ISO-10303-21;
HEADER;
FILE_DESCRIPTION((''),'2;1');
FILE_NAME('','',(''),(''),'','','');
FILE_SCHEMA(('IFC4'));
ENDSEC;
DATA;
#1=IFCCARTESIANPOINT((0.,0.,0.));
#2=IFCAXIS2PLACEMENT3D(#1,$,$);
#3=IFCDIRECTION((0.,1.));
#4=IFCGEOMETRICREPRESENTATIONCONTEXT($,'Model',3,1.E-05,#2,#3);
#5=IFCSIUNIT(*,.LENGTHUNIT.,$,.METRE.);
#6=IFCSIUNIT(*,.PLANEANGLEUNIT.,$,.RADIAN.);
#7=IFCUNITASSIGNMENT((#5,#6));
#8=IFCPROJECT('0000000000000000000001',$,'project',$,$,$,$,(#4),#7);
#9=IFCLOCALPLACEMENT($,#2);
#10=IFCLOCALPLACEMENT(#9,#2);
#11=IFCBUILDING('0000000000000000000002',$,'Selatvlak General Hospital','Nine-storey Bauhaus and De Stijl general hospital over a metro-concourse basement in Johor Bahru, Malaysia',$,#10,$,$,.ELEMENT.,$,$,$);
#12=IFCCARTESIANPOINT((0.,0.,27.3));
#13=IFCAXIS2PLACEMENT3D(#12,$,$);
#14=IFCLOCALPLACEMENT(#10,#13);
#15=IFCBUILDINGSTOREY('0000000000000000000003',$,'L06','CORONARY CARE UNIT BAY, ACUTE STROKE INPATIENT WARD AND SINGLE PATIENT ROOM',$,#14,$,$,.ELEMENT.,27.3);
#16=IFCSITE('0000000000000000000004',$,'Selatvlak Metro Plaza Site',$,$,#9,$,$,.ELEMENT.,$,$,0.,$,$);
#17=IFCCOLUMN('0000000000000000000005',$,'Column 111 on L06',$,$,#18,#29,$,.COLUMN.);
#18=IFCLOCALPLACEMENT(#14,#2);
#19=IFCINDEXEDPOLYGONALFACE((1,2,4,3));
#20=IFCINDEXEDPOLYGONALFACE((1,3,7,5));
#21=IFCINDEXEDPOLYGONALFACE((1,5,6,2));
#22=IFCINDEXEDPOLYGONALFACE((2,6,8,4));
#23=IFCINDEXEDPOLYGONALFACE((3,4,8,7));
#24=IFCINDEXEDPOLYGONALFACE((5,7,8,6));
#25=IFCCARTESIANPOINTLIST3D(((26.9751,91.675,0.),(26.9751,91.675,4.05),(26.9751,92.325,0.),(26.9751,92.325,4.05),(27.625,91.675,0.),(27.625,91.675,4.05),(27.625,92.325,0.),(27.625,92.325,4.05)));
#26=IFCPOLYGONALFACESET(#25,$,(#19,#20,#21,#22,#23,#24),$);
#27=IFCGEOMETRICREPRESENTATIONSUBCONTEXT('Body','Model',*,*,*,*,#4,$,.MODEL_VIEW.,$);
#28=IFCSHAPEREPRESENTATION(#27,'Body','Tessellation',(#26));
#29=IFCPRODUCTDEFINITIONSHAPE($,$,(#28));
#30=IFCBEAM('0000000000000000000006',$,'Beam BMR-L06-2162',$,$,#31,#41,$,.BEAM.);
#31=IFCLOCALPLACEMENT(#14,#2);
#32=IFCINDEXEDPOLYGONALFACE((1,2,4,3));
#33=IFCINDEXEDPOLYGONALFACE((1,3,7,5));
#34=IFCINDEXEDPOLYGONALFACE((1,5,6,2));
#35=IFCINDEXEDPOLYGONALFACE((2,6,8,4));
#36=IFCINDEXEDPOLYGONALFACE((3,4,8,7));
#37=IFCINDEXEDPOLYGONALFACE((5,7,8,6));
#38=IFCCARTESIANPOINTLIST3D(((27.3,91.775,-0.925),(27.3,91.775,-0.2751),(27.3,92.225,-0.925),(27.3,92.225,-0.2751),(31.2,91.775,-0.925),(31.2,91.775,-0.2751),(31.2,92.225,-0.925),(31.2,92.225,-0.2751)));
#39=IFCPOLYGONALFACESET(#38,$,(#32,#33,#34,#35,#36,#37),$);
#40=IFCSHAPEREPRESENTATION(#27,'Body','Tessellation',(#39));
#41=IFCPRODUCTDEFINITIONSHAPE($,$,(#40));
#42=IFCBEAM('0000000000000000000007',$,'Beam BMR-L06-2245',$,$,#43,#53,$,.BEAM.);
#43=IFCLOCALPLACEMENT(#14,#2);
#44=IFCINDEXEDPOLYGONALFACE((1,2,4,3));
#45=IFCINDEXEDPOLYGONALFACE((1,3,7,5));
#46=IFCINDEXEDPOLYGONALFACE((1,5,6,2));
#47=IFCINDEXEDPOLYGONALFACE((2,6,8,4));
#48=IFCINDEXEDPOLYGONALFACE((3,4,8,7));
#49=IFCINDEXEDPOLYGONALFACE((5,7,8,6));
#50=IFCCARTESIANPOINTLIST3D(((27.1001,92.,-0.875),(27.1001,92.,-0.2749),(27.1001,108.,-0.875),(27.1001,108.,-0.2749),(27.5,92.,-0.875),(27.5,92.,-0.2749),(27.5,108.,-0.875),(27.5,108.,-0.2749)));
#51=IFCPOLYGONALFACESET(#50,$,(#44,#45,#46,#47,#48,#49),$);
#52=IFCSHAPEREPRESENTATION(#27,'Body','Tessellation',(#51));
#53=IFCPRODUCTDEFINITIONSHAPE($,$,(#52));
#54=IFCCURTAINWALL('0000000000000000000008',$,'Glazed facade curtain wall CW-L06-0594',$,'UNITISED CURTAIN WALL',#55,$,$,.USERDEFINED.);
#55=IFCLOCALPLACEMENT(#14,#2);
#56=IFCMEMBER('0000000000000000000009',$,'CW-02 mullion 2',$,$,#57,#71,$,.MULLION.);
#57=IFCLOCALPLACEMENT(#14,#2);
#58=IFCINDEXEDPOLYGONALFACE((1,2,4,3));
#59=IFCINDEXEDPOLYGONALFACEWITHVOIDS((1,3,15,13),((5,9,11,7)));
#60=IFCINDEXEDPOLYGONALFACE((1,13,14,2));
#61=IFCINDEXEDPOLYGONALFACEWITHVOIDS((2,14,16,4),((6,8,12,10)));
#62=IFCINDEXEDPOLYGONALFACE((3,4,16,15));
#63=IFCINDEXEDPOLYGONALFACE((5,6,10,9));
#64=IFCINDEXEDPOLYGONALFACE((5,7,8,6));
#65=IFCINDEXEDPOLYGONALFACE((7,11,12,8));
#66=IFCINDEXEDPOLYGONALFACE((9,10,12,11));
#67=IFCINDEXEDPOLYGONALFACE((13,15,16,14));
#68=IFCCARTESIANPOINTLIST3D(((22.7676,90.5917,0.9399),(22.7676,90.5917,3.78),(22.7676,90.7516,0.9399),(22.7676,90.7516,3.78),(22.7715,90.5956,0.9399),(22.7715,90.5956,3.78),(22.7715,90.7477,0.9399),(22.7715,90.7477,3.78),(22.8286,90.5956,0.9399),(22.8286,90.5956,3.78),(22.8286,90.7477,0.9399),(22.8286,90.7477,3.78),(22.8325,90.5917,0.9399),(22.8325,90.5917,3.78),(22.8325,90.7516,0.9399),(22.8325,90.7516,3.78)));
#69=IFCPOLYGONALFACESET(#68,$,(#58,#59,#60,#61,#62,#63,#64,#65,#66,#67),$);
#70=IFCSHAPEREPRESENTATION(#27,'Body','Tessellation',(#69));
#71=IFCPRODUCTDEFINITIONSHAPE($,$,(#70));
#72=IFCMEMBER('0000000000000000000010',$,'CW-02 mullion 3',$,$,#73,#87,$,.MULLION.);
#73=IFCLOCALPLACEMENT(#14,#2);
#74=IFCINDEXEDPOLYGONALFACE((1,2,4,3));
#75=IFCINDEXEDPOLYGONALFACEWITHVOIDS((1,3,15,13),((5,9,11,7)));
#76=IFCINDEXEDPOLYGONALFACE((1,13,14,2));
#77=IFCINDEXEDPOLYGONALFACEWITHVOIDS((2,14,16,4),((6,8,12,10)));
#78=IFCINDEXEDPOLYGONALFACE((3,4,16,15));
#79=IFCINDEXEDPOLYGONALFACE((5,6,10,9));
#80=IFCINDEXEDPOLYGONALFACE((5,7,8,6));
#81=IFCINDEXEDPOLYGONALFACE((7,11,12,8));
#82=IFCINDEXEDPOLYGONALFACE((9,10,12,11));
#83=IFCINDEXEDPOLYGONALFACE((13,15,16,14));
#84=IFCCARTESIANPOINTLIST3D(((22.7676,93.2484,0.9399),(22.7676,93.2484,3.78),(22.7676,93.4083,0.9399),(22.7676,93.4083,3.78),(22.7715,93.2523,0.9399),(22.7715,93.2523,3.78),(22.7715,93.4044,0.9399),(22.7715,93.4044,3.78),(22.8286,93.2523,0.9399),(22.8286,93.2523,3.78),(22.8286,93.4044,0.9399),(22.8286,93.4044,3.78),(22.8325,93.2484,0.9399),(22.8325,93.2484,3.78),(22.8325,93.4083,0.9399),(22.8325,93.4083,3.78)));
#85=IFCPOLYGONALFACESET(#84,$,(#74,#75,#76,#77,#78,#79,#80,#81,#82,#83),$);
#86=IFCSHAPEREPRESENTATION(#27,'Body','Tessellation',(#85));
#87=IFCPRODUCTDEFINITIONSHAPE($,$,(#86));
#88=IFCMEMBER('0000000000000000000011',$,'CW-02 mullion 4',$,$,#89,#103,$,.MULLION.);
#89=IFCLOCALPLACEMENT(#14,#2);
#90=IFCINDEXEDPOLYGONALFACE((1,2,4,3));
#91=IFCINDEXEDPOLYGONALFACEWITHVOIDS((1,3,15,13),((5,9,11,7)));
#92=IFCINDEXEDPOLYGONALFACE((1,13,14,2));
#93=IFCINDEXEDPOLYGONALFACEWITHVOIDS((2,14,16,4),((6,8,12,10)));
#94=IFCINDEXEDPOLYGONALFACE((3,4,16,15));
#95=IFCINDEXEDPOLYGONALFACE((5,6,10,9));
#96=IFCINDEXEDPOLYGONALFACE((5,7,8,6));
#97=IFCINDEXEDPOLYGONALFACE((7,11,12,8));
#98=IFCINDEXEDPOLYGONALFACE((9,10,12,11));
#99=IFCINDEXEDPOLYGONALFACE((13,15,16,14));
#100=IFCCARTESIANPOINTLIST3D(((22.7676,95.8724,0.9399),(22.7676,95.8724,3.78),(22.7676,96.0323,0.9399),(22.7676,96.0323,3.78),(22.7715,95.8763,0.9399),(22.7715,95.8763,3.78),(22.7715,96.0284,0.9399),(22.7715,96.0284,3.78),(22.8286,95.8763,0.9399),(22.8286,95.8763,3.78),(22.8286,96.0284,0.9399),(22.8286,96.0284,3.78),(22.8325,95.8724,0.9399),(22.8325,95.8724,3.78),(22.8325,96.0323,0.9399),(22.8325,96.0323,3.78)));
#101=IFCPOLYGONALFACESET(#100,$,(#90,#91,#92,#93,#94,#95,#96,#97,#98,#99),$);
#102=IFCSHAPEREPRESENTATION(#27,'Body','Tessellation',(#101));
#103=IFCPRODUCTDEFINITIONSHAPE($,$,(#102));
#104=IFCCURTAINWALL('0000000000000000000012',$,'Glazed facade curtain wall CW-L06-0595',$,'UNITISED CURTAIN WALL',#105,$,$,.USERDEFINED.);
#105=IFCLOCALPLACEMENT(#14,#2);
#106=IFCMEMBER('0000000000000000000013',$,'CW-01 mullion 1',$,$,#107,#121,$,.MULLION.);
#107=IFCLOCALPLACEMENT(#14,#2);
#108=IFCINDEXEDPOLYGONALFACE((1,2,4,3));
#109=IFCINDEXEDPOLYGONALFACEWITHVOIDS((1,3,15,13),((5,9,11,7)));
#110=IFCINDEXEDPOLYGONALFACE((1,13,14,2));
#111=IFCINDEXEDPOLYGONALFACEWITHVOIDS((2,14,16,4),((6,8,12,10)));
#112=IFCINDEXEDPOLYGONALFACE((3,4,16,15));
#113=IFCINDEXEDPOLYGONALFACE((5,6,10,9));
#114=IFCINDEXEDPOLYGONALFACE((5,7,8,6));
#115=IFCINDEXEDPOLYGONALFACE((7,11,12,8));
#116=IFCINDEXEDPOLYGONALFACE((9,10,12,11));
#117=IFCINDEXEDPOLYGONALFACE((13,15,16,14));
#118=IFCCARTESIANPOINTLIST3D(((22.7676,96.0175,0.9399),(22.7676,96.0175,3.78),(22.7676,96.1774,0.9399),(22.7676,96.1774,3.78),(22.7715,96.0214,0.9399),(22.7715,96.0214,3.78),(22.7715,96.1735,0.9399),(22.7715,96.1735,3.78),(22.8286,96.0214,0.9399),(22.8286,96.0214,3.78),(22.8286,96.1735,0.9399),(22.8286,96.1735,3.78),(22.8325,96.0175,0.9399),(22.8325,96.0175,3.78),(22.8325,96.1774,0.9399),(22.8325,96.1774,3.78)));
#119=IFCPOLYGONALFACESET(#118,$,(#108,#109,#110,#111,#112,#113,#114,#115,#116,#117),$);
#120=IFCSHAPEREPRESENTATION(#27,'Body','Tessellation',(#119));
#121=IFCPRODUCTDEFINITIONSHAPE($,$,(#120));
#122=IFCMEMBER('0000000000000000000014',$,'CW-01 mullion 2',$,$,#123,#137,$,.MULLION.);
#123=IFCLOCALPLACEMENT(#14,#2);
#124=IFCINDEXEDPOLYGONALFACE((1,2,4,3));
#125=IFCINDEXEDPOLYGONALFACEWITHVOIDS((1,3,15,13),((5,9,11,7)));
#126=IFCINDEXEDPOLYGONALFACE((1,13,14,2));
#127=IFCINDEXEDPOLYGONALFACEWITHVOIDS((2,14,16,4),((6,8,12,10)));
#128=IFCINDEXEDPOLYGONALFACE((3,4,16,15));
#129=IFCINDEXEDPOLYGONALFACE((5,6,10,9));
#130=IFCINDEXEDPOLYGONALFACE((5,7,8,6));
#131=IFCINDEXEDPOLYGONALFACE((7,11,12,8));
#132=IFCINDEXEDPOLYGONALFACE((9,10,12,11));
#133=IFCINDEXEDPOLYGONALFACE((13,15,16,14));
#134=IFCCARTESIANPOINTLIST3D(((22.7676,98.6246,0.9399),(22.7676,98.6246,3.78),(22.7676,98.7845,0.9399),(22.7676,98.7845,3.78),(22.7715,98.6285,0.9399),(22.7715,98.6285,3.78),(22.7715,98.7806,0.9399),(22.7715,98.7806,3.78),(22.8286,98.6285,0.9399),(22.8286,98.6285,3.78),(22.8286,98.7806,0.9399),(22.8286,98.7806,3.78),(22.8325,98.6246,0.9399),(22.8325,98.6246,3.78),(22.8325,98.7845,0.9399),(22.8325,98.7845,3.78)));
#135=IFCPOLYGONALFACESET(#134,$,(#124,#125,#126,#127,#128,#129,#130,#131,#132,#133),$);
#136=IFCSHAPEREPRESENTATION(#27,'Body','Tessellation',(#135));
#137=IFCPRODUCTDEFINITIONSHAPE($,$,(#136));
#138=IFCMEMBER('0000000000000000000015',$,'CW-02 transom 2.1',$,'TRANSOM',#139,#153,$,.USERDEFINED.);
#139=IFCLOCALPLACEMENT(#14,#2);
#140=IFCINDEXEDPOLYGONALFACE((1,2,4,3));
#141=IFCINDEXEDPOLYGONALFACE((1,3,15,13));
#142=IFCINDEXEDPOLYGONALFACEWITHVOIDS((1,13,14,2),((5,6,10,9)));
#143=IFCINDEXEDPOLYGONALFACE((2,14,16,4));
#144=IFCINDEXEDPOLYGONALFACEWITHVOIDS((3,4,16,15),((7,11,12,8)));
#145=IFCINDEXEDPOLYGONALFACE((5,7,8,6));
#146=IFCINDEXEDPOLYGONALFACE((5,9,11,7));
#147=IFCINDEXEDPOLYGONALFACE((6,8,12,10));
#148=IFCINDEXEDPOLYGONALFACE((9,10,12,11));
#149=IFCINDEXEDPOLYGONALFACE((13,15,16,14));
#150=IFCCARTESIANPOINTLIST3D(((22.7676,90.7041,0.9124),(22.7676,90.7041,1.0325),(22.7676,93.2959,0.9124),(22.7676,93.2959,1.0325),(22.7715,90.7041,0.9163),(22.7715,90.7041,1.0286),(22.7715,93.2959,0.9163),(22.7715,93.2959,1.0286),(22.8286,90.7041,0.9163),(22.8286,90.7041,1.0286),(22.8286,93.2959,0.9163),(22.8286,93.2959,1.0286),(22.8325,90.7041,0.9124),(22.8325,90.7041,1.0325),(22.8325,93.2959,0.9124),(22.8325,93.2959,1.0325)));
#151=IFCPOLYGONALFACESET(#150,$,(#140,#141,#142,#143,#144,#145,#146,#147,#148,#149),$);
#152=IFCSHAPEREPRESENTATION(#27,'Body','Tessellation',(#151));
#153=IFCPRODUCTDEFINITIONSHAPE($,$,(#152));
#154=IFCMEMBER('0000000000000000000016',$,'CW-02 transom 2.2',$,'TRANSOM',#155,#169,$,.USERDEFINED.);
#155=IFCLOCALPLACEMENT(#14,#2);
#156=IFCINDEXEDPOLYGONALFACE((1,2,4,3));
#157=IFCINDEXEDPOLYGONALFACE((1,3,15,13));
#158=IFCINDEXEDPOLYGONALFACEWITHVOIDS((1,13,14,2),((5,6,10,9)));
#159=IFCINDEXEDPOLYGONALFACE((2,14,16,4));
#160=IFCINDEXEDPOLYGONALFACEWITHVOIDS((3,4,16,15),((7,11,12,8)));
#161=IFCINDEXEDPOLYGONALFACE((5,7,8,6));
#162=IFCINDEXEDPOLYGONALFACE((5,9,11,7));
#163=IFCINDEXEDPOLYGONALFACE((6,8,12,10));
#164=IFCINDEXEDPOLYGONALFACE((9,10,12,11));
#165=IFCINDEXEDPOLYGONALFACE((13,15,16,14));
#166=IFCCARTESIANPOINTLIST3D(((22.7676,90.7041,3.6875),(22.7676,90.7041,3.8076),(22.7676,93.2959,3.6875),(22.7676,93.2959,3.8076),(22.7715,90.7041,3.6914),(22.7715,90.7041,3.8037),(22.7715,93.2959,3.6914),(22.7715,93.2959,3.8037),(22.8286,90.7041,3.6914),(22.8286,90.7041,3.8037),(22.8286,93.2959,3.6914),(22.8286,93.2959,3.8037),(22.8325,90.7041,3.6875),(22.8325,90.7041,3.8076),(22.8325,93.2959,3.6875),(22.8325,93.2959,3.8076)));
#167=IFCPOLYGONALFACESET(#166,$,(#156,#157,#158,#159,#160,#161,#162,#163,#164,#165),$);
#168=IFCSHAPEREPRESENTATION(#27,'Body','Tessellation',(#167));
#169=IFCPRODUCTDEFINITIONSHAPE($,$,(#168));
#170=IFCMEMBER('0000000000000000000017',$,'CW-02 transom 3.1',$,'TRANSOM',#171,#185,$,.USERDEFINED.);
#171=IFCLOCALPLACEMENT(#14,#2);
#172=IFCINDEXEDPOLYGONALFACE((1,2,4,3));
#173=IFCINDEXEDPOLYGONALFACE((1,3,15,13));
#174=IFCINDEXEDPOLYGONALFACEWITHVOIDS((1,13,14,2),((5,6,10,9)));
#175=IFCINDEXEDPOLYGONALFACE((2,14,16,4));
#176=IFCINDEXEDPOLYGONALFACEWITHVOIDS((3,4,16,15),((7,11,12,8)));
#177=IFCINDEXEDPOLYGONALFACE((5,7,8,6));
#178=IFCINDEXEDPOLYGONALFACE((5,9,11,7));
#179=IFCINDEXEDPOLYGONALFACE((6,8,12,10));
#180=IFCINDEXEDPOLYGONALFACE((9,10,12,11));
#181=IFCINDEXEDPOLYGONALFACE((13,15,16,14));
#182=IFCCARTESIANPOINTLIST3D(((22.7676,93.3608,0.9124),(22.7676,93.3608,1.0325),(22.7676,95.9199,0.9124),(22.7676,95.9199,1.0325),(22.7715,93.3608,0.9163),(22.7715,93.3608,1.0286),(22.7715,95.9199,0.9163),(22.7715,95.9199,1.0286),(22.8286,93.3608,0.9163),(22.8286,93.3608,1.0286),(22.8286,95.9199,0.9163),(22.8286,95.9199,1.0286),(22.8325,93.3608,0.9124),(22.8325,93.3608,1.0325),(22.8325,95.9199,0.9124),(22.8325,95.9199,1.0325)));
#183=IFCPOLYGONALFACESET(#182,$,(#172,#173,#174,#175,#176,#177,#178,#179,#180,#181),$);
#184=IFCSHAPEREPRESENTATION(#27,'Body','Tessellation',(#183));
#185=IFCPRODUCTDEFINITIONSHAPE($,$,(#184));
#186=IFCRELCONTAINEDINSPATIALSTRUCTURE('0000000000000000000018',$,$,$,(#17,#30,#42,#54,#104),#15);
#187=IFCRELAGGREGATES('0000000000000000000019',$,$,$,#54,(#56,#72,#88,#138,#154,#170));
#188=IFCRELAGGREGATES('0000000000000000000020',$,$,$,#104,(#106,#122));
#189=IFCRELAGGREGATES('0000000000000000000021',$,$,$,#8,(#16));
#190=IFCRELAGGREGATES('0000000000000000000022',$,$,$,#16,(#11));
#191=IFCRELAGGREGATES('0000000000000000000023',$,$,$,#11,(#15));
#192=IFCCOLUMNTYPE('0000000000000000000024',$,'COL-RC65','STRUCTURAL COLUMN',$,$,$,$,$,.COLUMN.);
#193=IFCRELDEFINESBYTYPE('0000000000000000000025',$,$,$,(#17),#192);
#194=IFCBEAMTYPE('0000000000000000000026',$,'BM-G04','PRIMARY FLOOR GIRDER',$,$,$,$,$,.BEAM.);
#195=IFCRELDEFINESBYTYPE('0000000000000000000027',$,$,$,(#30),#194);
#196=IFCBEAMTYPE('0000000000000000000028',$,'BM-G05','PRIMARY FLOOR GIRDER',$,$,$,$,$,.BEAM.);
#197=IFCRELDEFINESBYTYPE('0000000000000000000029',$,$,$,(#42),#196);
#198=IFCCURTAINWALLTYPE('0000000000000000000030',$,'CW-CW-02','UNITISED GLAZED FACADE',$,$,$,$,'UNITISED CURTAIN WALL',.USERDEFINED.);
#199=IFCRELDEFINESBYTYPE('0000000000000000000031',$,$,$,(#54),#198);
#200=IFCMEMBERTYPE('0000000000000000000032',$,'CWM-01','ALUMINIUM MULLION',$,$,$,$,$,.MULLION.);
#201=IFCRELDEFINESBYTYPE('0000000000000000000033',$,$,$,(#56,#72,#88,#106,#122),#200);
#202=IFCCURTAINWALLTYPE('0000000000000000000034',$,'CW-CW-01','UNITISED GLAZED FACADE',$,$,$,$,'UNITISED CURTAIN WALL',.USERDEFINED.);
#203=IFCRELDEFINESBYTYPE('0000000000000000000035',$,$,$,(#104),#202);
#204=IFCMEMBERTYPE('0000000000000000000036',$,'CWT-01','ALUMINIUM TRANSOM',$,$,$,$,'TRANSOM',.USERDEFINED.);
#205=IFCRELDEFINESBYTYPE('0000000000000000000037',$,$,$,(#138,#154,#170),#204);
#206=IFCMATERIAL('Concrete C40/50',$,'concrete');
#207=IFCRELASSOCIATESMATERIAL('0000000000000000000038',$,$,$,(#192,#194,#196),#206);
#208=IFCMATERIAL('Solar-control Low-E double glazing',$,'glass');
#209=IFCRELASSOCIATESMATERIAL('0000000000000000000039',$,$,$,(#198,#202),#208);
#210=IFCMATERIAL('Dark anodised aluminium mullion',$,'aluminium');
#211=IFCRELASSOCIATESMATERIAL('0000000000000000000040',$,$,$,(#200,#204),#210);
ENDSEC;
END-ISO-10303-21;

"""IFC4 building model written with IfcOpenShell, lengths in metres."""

from ifc_helpers import new_model, si_unit, direction, frame, origin, origin_2d, place, context, subcontext, project, spatial, rectangle, hollow_rectangle, extrude, material, material_profile, profile_set, type_object, element, aggregate, save


model = new_model("IFC4")

# Units and contexts
model_context = context("Model", 3, precision=1e-05, world=origin(), true_north=direction((0.0, 1.0)))
body_context = subcontext(model_context, "Body", "Model", "MODEL_VIEW")
ifc_project = project(units=[si_unit("LENGTHUNIT", "METRE"), si_unit("PLANEANGLEUNIT", "RADIAN")], contexts=[model_context])

# Site, building, storey
site_placement = place(None, origin())
site = spatial("IfcSite", under=ifc_project, at=site_placement, Name="Selatvlak Metro Plaza Site", CompositionType="ELEMENT", RefElevation=0.0)
building_placement = place(site_placement, origin())
building = spatial("IfcBuilding", under=site, at=building_placement, Name="Selatvlak General Hospital", Description="Nine-storey Bauhaus and De Stijl general hospital over a metro-concourse basement in Johor Bahru, Malaysia", CompositionType="ELEMENT")
storey_placement = place(building_placement, frame((0.0, 0.0, 27.3)))
storey = spatial("IfcBuildingStorey", under=building, at=storey_placement, Name="L06", Description="CORONARY CARE UNIT BAY, ACUTE STROKE INPATIENT WARD AND SINGLE PATIENT ROOM", CompositionType="ELEMENT", Elevation=27.3)

# Column
ifc_material_1 = material(Name="Concrete C40/50", Category="concrete")
ifc_material_profile_1 = material_profile(ifc_material_1, rectangle(XDim=0.6499, YDim=0.6499, at=origin_2d()), Name="RC-COL 650x650")
ifc_profile_set_1 = profile_set([ifc_material_profile_1], Name="Concrete C40/50")
column_type = type_object("IfcColumnType", Name="COL-RC65", Description="STRUCTURAL COLUMN", PredefinedType="COLUMN", material=ifc_profile_set_1)
column_placement = place(storey_placement, frame((27.3, 92.0, 0.0), z_axis=(0.0, 0.0, 1.0), x_axis=(1.0, 0.0, 0.0)))
element("IfcColumn", 1, at=column_placement, inside=storey, type_object=column_type, Name="Column 111 on L06", PredefinedType="COLUMN", context=body_context, shape_type="SweptSolid", body=[
    extrude(rectangle(XDim=0.6499, YDim=0.6499, at=origin_2d()), origin(), (0.0, 0.0, 1.0), 4.05),
])

# Beams
ifc_material_profile_2 = material_profile(ifc_material_1, rectangle(XDim=0.45, YDim=0.6499, at=origin_2d()), Name="RC-BM 450x650")
ifc_profile_set_2 = profile_set([ifc_material_profile_2], Name="Concrete C40/50")
beam_type_1 = type_object("IfcBeamType", Name="BM-G04", Description="PRIMARY FLOOR GIRDER", PredefinedType="BEAM", material=ifc_profile_set_2)
beam_1_placement = place(storey_placement, frame((27.3, 92.0, -0.6001), z_axis=(1.0, 0.0, 0.0), x_axis=(0.0, 1.0, 0.0)))
element("IfcBeam", 2, at=beam_1_placement, inside=storey, type_object=beam_type_1, Name="Beam BMR-L06-2162", PredefinedType="BEAM", context=body_context, shape_type="SweptSolid", body=[
    extrude(rectangle(XDim=0.45, YDim=0.6499, at=origin_2d()), origin(), (0.0, 0.0, 1.0), 3.8999),
])
ifc_material_profile_3 = material_profile(ifc_material_1, rectangle(XDim=0.3999, YDim=0.6001, at=origin_2d()), Name="RC-BM 400x600")
ifc_profile_set_3 = profile_set([ifc_material_profile_3], Name="Concrete C40/50")
beam_type_2 = type_object("IfcBeamType", Name="BM-G05", Description="PRIMARY FLOOR GIRDER", PredefinedType="BEAM", material=ifc_profile_set_3)
beam_2_placement = place(storey_placement, frame((27.3, 92.0, -0.575), z_axis=(0.0, 1.0, 0.0), x_axis=(-1.0, 0.0, 0.0)))
element("IfcBeam", 3, at=beam_2_placement, inside=storey, type_object=beam_type_2, Name="Beam BMR-L06-2245", PredefinedType="BEAM", context=body_context, shape_type="SweptSolid", body=[
    extrude(rectangle(XDim=0.3999, YDim=0.6001, at=origin_2d()), origin(), (0.0, 0.0, 1.0), 16.0),
])

# Curtain walls, members
ifc_material_2 = material(Name="Solar-control Low-E double glazing", Category="glass")
curtain_wall_type_1 = type_object("IfcCurtainWallType", Name="CW-CW-02", Description="UNITISED GLAZED FACADE", ElementType="UNITISED CURTAIN WALL", PredefinedType="USERDEFINED", material=ifc_material_2)
curtain_wall_1_placement = place(storey_placement, origin())
curtain_wall_1 = element("IfcCurtainWall", 4, at=curtain_wall_1_placement, inside=storey, type_object=curtain_wall_type_1, Name="Glazed facade curtain wall CW-L06-0594", ObjectType="UNITISED CURTAIN WALL", PredefinedType="USERDEFINED")
ifc_material_3 = material(Name="Dark anodised aluminium mullion", Category="aluminium")
ifc_material_profile_4 = material_profile(ifc_material_3, hollow_rectangle(XDim=0.0649, YDim=0.1599, WallThickness=0.0039, at=origin_2d()), Name="AL-MUL 65x160x4")
ifc_profile_set_4 = profile_set([ifc_material_profile_4], Name="Dark anodised aluminium mullion")
member_type_1 = type_object("IfcMemberType", Name="CWM-01", Description="ALUMINIUM MULLION", PredefinedType="MULLION", material=ifc_profile_set_4)
member_1_placement = place(storey_placement, frame((22.8, 90.6716, 0.9399), z_axis=(0.0, 0.0, 1.0), x_axis=(-1.0, 0.0, 0.0)))
member_1 = element("IfcMember", 5, at=member_1_placement, type_object=member_type_1, Name="CW-02 mullion 2", PredefinedType="MULLION", context=body_context, shape_type="SweptSolid", body=[
    extrude(hollow_rectangle(XDim=0.0649, YDim=0.1599, WallThickness=0.0039, at=origin_2d()), origin(), (0.0, 0.0, 1.0), 2.8401),
])
member_2_placement = place(storey_placement, frame((22.8, 93.3284, 0.9399), z_axis=(0.0, 0.0, 1.0), x_axis=(-1.0, 0.0, 0.0)))
member_2 = element("IfcMember", 6, at=member_2_placement, type_object=member_type_1, Name="CW-02 mullion 3", PredefinedType="MULLION", context=body_context, shape_type="SweptSolid", body=[
    extrude(hollow_rectangle(XDim=0.0649, YDim=0.1599, WallThickness=0.0039, at=origin_2d()), origin(), (0.0, 0.0, 1.0), 2.8401),
])
member_3_placement = place(storey_placement, frame((22.8, 95.9524, 0.9399), z_axis=(0.0, 0.0, 1.0), x_axis=(-1.0, 0.0, 0.0)))
member_3 = element("IfcMember", 7, at=member_3_placement, type_object=member_type_1, Name="CW-02 mullion 4", PredefinedType="MULLION", context=body_context, shape_type="SweptSolid", body=[
    extrude(hollow_rectangle(XDim=0.0649, YDim=0.1599, WallThickness=0.0039, at=origin_2d()), origin(), (0.0, 0.0, 1.0), 2.8401),
])
curtain_wall_type_2 = type_object("IfcCurtainWallType", Name="CW-CW-01", Description="UNITISED GLAZED FACADE", ElementType="UNITISED CURTAIN WALL", PredefinedType="USERDEFINED", material=ifc_material_2)
curtain_wall_2_placement = place(storey_placement, origin())
curtain_wall_2 = element("IfcCurtainWall", 8, at=curtain_wall_2_placement, inside=storey, type_object=curtain_wall_type_2, Name="Glazed facade curtain wall CW-L06-0595", ObjectType="UNITISED CURTAIN WALL", PredefinedType="USERDEFINED")
member_4_placement = place(storey_placement, frame((22.8, 96.0974, 0.9399), z_axis=(0.0, 0.0, 1.0), x_axis=(-1.0, 0.0, 0.0)))
member_4 = element("IfcMember", 9, at=member_4_placement, type_object=member_type_1, Name="CW-01 mullion 1", PredefinedType="MULLION", context=body_context, shape_type="SweptSolid", body=[
    extrude(hollow_rectangle(XDim=0.0649, YDim=0.1599, WallThickness=0.0039, at=origin_2d()), origin(), (0.0, 0.0, 1.0), 2.8401),
])
member_5_placement = place(storey_placement, frame((22.8, 98.7046, 0.9399), z_axis=(0.0, 0.0, 1.0), x_axis=(-1.0, 0.0, 0.0)))
member_5 = element("IfcMember", 10, at=member_5_placement, type_object=member_type_1, Name="CW-01 mullion 2", PredefinedType="MULLION", context=body_context, shape_type="SweptSolid", body=[
    extrude(hollow_rectangle(XDim=0.0649, YDim=0.1599, WallThickness=0.0039, at=origin_2d()), origin(), (0.0, 0.0, 1.0), 2.8401),
])

# Members
ifc_material_profile_5 = material_profile(ifc_material_3, hollow_rectangle(XDim=0.0649, YDim=0.1201, WallThickness=0.0039, at=origin_2d()), Name="AL-TRN 65x120x4")
ifc_profile_set_5 = profile_set([ifc_material_profile_5], Name="Dark anodised aluminium mullion")
member_type_2 = type_object("IfcMemberType", Name="CWT-01", Description="ALUMINIUM TRANSOM", ElementType="TRANSOM", PredefinedType="USERDEFINED", material=ifc_profile_set_5)
member_6_placement = place(storey_placement, frame((22.8, 90.7041, 0.9724), z_axis=(0.0, 1.0, 0.0), x_axis=(-1.0, 0.0, 0.0)))
member_6 = element("IfcMember", 11, at=member_6_placement, type_object=member_type_2, Name="CW-02 transom 2.1", ObjectType="TRANSOM", PredefinedType="USERDEFINED", context=body_context, shape_type="SweptSolid", body=[
    extrude(hollow_rectangle(XDim=0.0649, YDim=0.1201, WallThickness=0.0039, at=origin_2d()), origin(), (0.0, 0.0, 1.0), 2.5918),
])
member_7_placement = place(storey_placement, frame((22.8, 90.7041, 3.7476), z_axis=(0.0, 1.0, 0.0), x_axis=(-1.0, 0.0, 0.0)))
member_7 = element("IfcMember", 12, at=member_7_placement, type_object=member_type_2, Name="CW-02 transom 2.2", ObjectType="TRANSOM", PredefinedType="USERDEFINED", context=body_context, shape_type="SweptSolid", body=[
    extrude(hollow_rectangle(XDim=0.0649, YDim=0.1201, WallThickness=0.0039, at=origin_2d()), origin(), (0.0, 0.0, 1.0), 2.5918),
])
member_8_placement = place(storey_placement, frame((22.8, 93.3608, 0.9724), z_axis=(0.0, 1.0, 0.0), x_axis=(-1.0, 0.0, 0.0)))
member_8 = element("IfcMember", 13, at=member_8_placement, type_object=member_type_2, Name="CW-02 transom 3.1", ObjectType="TRANSOM", PredefinedType="USERDEFINED", context=body_context, shape_type="SweptSolid", body=[
    extrude(hollow_rectangle(XDim=0.0649, YDim=0.1201, WallThickness=0.0039, at=origin_2d()), origin(), (0.0, 0.0, 1.0), 2.5591),
])

aggregate(curtain_wall_1, [member_1, member_2, member_3, member_6, member_7, member_8])
aggregate(curtain_wall_2, [member_4, member_5])

save(model, "model.ifc")
